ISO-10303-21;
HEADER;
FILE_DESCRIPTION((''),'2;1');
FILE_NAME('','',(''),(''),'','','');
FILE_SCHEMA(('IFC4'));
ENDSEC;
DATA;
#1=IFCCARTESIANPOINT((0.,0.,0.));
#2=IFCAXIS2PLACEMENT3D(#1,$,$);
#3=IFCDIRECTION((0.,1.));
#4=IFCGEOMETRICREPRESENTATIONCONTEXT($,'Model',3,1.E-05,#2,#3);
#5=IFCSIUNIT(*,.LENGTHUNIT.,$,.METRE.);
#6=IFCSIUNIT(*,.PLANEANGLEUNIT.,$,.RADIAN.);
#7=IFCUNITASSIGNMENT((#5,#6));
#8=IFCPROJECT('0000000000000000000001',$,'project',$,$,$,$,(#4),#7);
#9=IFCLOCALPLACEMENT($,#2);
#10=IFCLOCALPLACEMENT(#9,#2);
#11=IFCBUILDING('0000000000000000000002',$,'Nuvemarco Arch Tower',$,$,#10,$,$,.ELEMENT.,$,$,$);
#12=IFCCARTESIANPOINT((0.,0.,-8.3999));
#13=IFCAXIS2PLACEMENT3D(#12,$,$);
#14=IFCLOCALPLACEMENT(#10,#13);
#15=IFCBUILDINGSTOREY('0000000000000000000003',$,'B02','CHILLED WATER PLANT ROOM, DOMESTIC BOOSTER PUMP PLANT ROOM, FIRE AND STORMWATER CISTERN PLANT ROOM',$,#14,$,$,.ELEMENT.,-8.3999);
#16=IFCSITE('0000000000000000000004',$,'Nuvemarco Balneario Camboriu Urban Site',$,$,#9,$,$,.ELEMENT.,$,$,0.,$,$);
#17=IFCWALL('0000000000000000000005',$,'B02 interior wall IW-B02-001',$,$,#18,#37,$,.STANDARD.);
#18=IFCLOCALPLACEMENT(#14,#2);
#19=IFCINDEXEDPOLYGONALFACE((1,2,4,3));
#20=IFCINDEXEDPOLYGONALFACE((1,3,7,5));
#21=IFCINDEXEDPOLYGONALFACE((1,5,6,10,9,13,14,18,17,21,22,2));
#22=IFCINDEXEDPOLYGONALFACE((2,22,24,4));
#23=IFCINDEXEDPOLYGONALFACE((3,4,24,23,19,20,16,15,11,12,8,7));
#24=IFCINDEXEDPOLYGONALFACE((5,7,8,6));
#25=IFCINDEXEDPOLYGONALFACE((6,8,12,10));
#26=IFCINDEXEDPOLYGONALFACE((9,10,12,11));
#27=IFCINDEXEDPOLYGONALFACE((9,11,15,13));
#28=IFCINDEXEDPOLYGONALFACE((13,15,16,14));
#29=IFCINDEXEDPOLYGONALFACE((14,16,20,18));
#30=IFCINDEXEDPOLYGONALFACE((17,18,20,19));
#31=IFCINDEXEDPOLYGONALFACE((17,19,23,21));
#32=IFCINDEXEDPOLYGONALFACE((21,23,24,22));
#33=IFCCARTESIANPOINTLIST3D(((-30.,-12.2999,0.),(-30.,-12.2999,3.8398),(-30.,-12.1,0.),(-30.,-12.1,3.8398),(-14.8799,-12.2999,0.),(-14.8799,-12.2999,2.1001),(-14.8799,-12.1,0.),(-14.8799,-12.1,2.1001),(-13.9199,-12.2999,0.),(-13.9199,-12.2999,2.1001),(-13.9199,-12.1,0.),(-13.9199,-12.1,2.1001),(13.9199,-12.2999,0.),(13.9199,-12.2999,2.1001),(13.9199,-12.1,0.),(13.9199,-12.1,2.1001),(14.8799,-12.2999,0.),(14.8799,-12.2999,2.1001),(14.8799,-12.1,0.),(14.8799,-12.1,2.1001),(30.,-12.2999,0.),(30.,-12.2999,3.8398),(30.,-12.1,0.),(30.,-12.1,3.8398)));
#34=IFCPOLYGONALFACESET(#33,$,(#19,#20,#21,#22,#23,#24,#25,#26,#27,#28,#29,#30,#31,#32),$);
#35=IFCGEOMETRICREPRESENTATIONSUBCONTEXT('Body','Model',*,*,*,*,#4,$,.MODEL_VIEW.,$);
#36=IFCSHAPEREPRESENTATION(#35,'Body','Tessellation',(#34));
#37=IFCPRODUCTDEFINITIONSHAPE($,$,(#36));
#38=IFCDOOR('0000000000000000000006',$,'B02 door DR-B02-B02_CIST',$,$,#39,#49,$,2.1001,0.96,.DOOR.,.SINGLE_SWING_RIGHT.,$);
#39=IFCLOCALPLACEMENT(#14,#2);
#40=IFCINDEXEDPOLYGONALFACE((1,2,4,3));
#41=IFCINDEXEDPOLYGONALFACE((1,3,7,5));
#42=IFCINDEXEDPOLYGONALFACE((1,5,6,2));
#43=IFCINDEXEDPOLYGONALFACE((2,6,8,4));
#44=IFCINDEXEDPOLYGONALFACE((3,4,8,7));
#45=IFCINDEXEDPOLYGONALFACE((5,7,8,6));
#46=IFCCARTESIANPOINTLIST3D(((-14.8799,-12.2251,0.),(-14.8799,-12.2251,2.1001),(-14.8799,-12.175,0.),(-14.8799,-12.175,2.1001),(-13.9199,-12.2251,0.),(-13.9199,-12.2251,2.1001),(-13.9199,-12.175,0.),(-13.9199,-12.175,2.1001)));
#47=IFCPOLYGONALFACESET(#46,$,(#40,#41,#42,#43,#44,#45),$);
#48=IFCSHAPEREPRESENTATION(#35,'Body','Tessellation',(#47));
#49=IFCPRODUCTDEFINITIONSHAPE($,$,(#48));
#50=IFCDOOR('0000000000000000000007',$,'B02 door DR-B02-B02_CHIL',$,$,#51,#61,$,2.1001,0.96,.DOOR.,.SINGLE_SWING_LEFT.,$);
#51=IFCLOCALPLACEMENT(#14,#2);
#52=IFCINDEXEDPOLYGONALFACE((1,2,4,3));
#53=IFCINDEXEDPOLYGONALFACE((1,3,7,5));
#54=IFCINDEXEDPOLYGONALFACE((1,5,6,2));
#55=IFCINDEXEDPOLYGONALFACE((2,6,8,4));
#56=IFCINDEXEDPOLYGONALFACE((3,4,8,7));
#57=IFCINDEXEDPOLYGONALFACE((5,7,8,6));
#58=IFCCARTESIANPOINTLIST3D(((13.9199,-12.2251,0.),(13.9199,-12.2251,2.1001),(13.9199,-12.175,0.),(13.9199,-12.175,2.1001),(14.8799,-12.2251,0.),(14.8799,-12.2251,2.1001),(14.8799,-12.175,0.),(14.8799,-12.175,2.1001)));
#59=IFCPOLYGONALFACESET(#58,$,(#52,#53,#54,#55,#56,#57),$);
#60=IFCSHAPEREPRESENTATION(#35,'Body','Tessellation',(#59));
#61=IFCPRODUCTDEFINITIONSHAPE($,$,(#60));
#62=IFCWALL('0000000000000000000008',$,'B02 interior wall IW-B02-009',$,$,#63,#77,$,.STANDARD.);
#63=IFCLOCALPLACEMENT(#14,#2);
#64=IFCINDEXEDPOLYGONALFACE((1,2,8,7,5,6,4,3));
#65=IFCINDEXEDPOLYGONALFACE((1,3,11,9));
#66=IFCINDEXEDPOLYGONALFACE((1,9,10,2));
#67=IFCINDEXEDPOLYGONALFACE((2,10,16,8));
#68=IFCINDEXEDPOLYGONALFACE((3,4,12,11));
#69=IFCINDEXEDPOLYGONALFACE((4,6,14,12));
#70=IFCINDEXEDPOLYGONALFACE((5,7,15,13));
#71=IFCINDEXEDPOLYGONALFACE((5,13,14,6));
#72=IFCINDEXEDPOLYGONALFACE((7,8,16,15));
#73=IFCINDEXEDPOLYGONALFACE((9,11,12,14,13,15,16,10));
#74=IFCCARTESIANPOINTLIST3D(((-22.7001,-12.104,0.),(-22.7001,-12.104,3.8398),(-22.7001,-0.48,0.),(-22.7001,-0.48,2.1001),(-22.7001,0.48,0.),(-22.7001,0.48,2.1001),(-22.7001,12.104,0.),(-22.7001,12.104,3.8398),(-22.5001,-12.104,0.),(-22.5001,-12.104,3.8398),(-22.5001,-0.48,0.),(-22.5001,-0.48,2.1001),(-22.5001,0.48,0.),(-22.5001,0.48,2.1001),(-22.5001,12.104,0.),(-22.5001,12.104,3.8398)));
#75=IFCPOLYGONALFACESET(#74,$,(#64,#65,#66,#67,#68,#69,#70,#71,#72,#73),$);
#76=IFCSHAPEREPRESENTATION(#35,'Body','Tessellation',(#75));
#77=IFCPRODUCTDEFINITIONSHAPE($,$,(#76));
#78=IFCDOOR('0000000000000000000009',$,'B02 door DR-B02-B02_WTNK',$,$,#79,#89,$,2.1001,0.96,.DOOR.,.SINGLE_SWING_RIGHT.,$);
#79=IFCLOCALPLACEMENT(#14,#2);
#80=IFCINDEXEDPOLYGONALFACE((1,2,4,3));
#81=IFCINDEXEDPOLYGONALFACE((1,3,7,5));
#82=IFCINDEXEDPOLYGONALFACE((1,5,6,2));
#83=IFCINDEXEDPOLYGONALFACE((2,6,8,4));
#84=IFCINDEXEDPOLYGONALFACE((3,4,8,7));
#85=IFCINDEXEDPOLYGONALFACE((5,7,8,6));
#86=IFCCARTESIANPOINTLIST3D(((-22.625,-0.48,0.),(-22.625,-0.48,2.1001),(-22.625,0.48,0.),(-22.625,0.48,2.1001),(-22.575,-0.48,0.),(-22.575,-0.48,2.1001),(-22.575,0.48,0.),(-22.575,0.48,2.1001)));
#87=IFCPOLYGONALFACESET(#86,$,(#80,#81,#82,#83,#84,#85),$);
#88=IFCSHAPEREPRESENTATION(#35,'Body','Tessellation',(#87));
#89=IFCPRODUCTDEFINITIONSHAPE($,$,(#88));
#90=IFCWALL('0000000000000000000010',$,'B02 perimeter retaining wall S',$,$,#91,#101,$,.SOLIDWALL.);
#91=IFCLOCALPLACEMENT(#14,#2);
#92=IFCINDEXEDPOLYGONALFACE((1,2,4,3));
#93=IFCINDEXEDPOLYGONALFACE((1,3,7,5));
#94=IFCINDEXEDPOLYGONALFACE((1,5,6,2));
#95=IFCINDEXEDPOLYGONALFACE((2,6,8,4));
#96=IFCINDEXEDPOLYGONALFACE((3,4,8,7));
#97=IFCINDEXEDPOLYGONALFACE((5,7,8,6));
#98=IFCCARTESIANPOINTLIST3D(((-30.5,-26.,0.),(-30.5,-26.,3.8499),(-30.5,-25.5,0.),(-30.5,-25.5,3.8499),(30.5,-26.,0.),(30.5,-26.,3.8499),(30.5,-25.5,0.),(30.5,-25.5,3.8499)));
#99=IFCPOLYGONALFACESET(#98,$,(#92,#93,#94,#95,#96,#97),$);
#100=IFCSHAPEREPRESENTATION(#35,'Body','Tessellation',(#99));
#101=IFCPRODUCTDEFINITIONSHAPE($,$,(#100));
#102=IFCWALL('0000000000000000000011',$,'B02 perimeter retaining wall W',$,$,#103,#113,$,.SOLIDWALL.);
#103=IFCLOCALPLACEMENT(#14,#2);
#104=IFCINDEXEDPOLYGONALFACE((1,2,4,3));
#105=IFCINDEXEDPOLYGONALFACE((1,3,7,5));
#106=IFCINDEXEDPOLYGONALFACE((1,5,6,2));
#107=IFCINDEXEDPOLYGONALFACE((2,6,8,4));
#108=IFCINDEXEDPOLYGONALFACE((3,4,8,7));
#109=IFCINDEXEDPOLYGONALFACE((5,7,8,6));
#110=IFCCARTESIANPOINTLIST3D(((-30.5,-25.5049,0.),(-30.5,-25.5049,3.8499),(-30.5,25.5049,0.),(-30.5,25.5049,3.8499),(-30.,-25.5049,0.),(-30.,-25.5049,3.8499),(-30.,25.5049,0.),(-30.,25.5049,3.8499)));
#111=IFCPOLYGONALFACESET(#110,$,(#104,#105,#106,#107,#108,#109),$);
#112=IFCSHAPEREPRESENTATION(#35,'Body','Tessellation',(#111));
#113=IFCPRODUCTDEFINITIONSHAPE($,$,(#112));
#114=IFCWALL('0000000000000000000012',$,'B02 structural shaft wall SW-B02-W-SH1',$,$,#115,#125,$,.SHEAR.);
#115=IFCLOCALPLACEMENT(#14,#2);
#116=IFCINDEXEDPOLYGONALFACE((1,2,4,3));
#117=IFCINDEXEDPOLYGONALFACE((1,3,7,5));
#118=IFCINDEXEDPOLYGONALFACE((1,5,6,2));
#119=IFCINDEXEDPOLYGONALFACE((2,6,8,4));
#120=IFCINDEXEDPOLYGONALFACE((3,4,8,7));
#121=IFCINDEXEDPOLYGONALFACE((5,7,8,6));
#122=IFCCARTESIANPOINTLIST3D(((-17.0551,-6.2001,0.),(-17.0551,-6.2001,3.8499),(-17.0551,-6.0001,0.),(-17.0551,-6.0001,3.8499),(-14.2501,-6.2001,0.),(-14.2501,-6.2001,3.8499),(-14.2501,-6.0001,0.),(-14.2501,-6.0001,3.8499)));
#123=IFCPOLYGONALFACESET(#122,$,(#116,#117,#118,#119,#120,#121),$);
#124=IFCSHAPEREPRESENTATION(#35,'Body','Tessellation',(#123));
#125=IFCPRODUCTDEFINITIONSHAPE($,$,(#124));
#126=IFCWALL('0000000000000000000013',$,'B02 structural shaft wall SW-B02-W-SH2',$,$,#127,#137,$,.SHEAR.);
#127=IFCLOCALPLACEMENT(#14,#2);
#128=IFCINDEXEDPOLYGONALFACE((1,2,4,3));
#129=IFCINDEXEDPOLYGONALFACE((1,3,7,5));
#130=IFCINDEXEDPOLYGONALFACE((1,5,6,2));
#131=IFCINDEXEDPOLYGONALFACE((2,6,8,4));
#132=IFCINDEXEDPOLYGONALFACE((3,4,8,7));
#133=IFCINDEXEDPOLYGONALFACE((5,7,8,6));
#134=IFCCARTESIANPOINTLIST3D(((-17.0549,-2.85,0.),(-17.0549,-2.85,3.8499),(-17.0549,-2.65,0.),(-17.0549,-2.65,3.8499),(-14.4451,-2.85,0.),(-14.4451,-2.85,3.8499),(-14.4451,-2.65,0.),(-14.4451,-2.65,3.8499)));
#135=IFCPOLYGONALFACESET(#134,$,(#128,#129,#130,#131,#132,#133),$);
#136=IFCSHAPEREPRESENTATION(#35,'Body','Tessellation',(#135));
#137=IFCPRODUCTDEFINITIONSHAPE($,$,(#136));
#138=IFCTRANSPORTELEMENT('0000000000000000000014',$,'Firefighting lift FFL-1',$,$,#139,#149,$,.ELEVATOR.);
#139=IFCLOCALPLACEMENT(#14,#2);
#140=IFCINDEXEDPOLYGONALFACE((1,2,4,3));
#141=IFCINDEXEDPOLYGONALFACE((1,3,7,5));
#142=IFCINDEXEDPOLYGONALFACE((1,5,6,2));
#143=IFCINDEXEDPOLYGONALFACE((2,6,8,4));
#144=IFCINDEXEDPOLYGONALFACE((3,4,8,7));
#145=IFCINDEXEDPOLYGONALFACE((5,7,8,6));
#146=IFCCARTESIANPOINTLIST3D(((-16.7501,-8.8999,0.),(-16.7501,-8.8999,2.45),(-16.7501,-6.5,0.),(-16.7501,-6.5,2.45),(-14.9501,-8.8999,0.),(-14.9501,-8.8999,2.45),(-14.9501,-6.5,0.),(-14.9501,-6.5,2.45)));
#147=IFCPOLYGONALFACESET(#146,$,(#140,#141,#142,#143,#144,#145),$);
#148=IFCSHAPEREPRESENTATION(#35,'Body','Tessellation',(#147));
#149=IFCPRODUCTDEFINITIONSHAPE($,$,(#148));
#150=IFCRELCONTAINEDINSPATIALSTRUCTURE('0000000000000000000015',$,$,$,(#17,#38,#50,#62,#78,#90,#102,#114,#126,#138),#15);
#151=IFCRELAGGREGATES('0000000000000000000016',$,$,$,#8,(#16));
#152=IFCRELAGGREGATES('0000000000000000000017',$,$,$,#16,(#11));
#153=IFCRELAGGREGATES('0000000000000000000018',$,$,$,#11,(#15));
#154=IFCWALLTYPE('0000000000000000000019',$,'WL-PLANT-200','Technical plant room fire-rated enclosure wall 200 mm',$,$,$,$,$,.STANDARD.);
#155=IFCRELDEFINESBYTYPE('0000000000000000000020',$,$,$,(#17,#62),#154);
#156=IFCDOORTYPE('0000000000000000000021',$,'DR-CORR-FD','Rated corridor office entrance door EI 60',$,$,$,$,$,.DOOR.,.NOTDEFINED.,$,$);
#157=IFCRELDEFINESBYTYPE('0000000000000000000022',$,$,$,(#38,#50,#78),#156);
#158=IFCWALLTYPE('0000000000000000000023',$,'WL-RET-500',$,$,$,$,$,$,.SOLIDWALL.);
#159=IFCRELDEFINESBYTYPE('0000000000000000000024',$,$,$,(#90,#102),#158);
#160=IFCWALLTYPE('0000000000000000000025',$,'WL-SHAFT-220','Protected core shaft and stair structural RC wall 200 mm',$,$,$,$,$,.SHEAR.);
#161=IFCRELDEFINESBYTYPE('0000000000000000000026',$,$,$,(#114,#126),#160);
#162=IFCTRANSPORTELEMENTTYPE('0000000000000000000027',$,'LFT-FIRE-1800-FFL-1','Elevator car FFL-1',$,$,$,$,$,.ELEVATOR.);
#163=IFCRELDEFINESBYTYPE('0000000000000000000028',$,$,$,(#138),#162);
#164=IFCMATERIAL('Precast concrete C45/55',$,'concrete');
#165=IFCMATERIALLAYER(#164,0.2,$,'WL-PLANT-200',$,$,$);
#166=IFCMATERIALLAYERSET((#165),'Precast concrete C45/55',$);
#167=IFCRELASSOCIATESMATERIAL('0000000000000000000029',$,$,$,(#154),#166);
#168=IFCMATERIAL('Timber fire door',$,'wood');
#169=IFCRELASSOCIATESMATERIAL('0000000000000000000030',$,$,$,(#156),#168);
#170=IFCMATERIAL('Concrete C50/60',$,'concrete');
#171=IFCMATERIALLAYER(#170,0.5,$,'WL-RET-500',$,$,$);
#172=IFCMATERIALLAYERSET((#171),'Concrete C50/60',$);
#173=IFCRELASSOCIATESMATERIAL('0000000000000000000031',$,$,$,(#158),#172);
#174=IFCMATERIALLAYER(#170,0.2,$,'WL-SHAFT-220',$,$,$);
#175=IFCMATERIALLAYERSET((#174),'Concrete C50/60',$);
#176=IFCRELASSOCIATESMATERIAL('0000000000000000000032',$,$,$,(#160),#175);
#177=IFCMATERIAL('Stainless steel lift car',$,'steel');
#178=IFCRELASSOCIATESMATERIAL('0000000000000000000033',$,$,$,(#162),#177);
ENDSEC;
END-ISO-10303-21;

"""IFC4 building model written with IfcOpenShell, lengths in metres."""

from ifc_helpers import new_model, si_unit, direction, frame, frame_2d, origin, origin_2d, place, context, subcontext, project, spatial, rectangle, extrude, source, transform, mapped, material, layer, layer_set, type_object, type_shapes, element, fill, save


model = new_model("IFC4")

# Units and contexts
model_context = context("Model", 3, precision=1e-05, world=origin(), true_north=direction((0.0, 1.0)))
body_context = subcontext(model_context, "Body", "Model", "MODEL_VIEW")
ifc_project = project(units=[si_unit("LENGTHUNIT", "METRE"), si_unit("PLANEANGLEUNIT", "RADIAN")], contexts=[model_context])

# Site, building, storey
site_placement = place(None, origin())
site = spatial("IfcSite", under=ifc_project, at=site_placement, Name="Nuvemarco Balneario Camboriu Urban Site", CompositionType="ELEMENT", RefElevation=0.0)
building_placement = place(site_placement, origin())
building = spatial("IfcBuilding", under=site, at=building_placement, Name="Nuvemarco Arch Tower", CompositionType="ELEMENT")
storey_placement = place(building_placement, frame((0.0, 0.0, -8.3999)))
storey = spatial("IfcBuildingStorey", under=building, at=storey_placement, Name="B02", Description="CHILLED WATER PLANT ROOM, DOMESTIC BOOSTER PUMP PLANT ROOM, FIRE AND STORMWATER CISTERN PLANT ROOM", CompositionType="ELEMENT", Elevation=-8.3999)

# Shared definitions
ifc_material_1 = material(Name="Concrete C50/60", Category="concrete")

# Wall, openings, doors
ifc_material_2 = material(Name="Precast concrete C45/55", Category="concrete")
ifc_layer_1 = layer(ifc_material_2, 0.2, Name="WL-PLANT-200")
ifc_layer_set_1 = layer_set([ifc_layer_1], Name="Precast concrete C45/55")
wall_type_1 = type_object("IfcWallType", Name="WL-PLANT-200", Description="Technical plant room fire-rated enclosure wall 200 mm", PredefinedType="STANDARD", material=ifc_layer_set_1)
wall_1_placement = place(storey_placement, frame((-30.0, -12.2, 0.0), z_axis=(0.0, 0.0, 1.0), x_axis=(1.0, 0.0, 0.0)))
wall_1 = element("IfcWall", 1, at=wall_1_placement, inside=storey, type_object=wall_type_1, Name="B02 interior wall IW-B02-001", PredefinedType="STANDARD", context=body_context, shape_type="SweptSolid", body=[
    extrude(rectangle(XDim=60.0, YDim=0.2, at=frame_2d((30.0, 0.0))), origin(), (0.0, 0.0, 1.0), 3.8398),
])
opening_1_placement = place(wall_1_placement, frame((15.1201, 0.0, 0.0)))
opening_1 = element("IfcOpeningElement", 2, at=opening_1_placement, cuts=wall_1, PredefinedType="OPENING", context=body_context, shape_type="SweptSolid", body=[
    extrude(rectangle(XDim=0.96, YDim=2.1001, at=frame_2d((0.48, 1.05))), frame((0.0, 0.1099, 0.0), z_axis=(0.0, -1.0, 0.0), x_axis=(1.0, 0.0, 0.0)), (0.0, 0.0, 1.0), 0.22),
])
opening_2_placement = place(wall_1_placement, frame((43.9199, 0.0, 0.0)))
opening_2 = element("IfcOpeningElement", 3, at=opening_2_placement, cuts=wall_1, PredefinedType="OPENING", context=body_context, shape_type="SweptSolid", body=[
    extrude(rectangle(XDim=0.96, YDim=2.1001, at=frame_2d((0.48, 1.05))), frame((0.0, 0.1099, 0.0), z_axis=(0.0, -1.0, 0.0), x_axis=(1.0, 0.0, 0.0)), (0.0, 0.0, 1.0), 0.22),
])
ifc_material_3 = material(Name="Timber fire door", Category="wood")
door_type = type_object("IfcDoorType", Name="DR-CORR-FD", Description="Rated corridor office entrance door EI 60", OperationType="NOTDEFINED", PredefinedType="DOOR", material=ifc_material_3)
shared_shape_1 = source(origin(), body_context, "Body", "SweptSolid", [
    extrude(rectangle(XDim=0.96, YDim=2.1001, at=frame_2d((0.48, 1.05))), frame((0.0, 0.0249, 0.0), z_axis=(0.0, -1.0, 0.0), x_axis=(1.0, 0.0, 0.0)), (0.0, 0.0, 1.0), 0.05),
])
type_shapes(door_type, [shared_shape_1])
door_1_placement = place(opening_1_placement, origin())
door_1 = element("IfcDoor", 4, at=door_1_placement, inside=storey, type_object=door_type, Name="B02 door DR-B02-B02_CIST", OperationType="SINGLE_SWING_RIGHT", OverallHeight=2.1001, OverallWidth=0.96, PredefinedType="DOOR", context=body_context, shape_type="MappedRepresentation", body=[
    mapped(shared_shape_1, transform((0.0, 0.0, 0.0), scale=1.0)),
])
fill(opening_1, door_1)
door_2_placement = place(opening_2_placement, origin())
door_2 = element("IfcDoor", 5, at=door_2_placement, inside=storey, type_object=door_type, Name="B02 door DR-B02-B02_CHIL", OperationType="SINGLE_SWING_LEFT", OverallHeight=2.1001, OverallWidth=0.96, PredefinedType="DOOR", context=body_context, shape_type="MappedRepresentation", body=[
    mapped(shared_shape_1, transform((0.0, 0.0, 0.0), scale=1.0)),
])
fill(opening_2, door_2)

# Wall, opening, door
wall_2_placement = place(storey_placement, frame((-22.6001, -12.104, 0.0), z_axis=(0.0, 0.0, 1.0), x_axis=(0.0, 1.0, 0.0)))
wall_2 = element("IfcWall", 6, at=wall_2_placement, inside=storey, type_object=wall_type_1, Name="B02 interior wall IW-B02-009", PredefinedType="STANDARD", context=body_context, shape_type="SweptSolid", body=[
    extrude(rectangle(XDim=24.208, YDim=0.2, at=frame_2d((12.104, 0.0))), origin(), (0.0, 0.0, 1.0), 3.8398),
])
opening_3_placement = place(wall_2_placement, frame((11.624, 0.0, 0.0)))
opening_3 = element("IfcOpeningElement", 7, at=opening_3_placement, cuts=wall_2, PredefinedType="OPENING", context=body_context, shape_type="SweptSolid", body=[
    extrude(rectangle(XDim=0.96, YDim=2.1001, at=frame_2d((0.48, 1.05))), frame((0.0, 0.1099, 0.0), z_axis=(0.0, -1.0, 0.0), x_axis=(1.0, 0.0, 0.0)), (0.0, 0.0, 1.0), 0.22),
])
door_3_placement = place(opening_3_placement, origin())
door_3 = element("IfcDoor", 8, at=door_3_placement, inside=storey, type_object=door_type, Name="B02 door DR-B02-B02_WTNK", OperationType="SINGLE_SWING_RIGHT", OverallHeight=2.1001, OverallWidth=0.96, PredefinedType="DOOR", context=body_context, shape_type="MappedRepresentation", body=[
    mapped(shared_shape_1, transform((0.0, 0.0, 0.0), scale=1.0)),
])
fill(opening_3, door_3)

# Walls
ifc_layer_2 = layer(ifc_material_1, 0.5, Name="WL-RET-500")
ifc_layer_set_2 = layer_set([ifc_layer_2], Name="Concrete C50/60")
wall_type_2 = type_object("IfcWallType", Name="WL-RET-500", PredefinedType="SOLIDWALL", material=ifc_layer_set_2)
wall_3_placement = place(storey_placement, frame((-30.5, -25.75, 0.0), z_axis=(0.0, 0.0, 1.0), x_axis=(1.0, 0.0, 0.0)))
element("IfcWall", 9, at=wall_3_placement, inside=storey, type_object=wall_type_2, Name="B02 perimeter retaining wall S", PredefinedType="SOLIDWALL", context=body_context, shape_type="SweptSolid", body=[
    extrude(rectangle(XDim=61.0, YDim=0.5, at=frame_2d((30.5, 0.0))), origin(), (0.0, 0.0, 1.0), 3.8499),
])
wall_4_placement = place(storey_placement, frame((-30.25, -25.5049, 0.0), z_axis=(0.0, 0.0, 1.0), x_axis=(0.0, 1.0, 0.0)))
element("IfcWall", 10, at=wall_4_placement, inside=storey, type_object=wall_type_2, Name="B02 perimeter retaining wall W", PredefinedType="SOLIDWALL", context=body_context, shape_type="SweptSolid", body=[
    extrude(rectangle(XDim=51.0098, YDim=0.5, at=frame_2d((25.5049, 0.0))), origin(), (0.0, 0.0, 1.0), 3.8499),
])
ifc_layer_3 = layer(ifc_material_1, 0.2, Name="WL-SHAFT-220")
ifc_layer_set_3 = layer_set([ifc_layer_3], Name="Concrete C50/60")
wall_type_3 = type_object("IfcWallType", Name="WL-SHAFT-220", Description="Protected core shaft and stair structural RC wall 200 mm", PredefinedType="SHEAR", material=ifc_layer_set_3)
wall_5_placement = place(storey_placement, frame((-17.0549, -6.1001, 0.0), z_axis=(0.0, 0.0, 1.0), x_axis=(1.0, 0.0, 0.0)))
element("IfcWall", 11, at=wall_5_placement, inside=storey, type_object=wall_type_3, Name="B02 structural shaft wall SW-B02-W-SH1", PredefinedType="SHEAR", context=body_context, shape_type="SweptSolid", body=[
    extrude(rectangle(XDim=2.8049, YDim=0.2, at=frame_2d((1.4023, 0.0))), origin(), (0.0, 0.0, 1.0), 3.8499),
])
wall_6_placement = place(storey_placement, frame((-17.0549, -2.75, 0.0), z_axis=(0.0, 0.0, 1.0), x_axis=(1.0, 0.0, 0.0)))
element("IfcWall", 12, at=wall_6_placement, inside=storey, type_object=wall_type_3, Name="B02 structural shaft wall SW-B02-W-SH2", PredefinedType="SHEAR", context=body_context, shape_type="SweptSolid", body=[
    extrude(rectangle(XDim=2.6099, YDim=0.2, at=frame_2d((1.3049, 0.0))), origin(), (0.0, 0.0, 1.0), 3.8499),
])

# Transport element
ifc_material_4 = material(Name="Stainless steel lift car", Category="steel")
transport_element_type = type_object("IfcTransportElementType", Name="LFT-FIRE-1800-FFL-1", Description="Elevator car FFL-1", PredefinedType="ELEVATOR", material=ifc_material_4)
shared_shape_2 = source(origin(), body_context, "Body", "SweptSolid", [
    extrude(rectangle(XDim=1.8, YDim=2.3999, at=origin_2d()), origin(), (0.0, 0.0, 1.0), 2.45),
])
type_shapes(transport_element_type, [shared_shape_2])
transport_element_placement = place(storey_placement, frame((-15.8501, -7.7, 0.0), z_axis=(0.0, 0.0, 1.0), x_axis=(1.0, 0.0, 0.0)))
element("IfcTransportElement", 13, at=transport_element_placement, inside=storey, type_object=transport_element_type, Name="Firefighting lift FFL-1", PredefinedType="ELEVATOR", context=body_context, shape_type="MappedRepresentation", body=[
    mapped(shared_shape_2, transform((0.0, 0.0, 0.0), scale=1.0)),
])

save(model, "model.ifc")
